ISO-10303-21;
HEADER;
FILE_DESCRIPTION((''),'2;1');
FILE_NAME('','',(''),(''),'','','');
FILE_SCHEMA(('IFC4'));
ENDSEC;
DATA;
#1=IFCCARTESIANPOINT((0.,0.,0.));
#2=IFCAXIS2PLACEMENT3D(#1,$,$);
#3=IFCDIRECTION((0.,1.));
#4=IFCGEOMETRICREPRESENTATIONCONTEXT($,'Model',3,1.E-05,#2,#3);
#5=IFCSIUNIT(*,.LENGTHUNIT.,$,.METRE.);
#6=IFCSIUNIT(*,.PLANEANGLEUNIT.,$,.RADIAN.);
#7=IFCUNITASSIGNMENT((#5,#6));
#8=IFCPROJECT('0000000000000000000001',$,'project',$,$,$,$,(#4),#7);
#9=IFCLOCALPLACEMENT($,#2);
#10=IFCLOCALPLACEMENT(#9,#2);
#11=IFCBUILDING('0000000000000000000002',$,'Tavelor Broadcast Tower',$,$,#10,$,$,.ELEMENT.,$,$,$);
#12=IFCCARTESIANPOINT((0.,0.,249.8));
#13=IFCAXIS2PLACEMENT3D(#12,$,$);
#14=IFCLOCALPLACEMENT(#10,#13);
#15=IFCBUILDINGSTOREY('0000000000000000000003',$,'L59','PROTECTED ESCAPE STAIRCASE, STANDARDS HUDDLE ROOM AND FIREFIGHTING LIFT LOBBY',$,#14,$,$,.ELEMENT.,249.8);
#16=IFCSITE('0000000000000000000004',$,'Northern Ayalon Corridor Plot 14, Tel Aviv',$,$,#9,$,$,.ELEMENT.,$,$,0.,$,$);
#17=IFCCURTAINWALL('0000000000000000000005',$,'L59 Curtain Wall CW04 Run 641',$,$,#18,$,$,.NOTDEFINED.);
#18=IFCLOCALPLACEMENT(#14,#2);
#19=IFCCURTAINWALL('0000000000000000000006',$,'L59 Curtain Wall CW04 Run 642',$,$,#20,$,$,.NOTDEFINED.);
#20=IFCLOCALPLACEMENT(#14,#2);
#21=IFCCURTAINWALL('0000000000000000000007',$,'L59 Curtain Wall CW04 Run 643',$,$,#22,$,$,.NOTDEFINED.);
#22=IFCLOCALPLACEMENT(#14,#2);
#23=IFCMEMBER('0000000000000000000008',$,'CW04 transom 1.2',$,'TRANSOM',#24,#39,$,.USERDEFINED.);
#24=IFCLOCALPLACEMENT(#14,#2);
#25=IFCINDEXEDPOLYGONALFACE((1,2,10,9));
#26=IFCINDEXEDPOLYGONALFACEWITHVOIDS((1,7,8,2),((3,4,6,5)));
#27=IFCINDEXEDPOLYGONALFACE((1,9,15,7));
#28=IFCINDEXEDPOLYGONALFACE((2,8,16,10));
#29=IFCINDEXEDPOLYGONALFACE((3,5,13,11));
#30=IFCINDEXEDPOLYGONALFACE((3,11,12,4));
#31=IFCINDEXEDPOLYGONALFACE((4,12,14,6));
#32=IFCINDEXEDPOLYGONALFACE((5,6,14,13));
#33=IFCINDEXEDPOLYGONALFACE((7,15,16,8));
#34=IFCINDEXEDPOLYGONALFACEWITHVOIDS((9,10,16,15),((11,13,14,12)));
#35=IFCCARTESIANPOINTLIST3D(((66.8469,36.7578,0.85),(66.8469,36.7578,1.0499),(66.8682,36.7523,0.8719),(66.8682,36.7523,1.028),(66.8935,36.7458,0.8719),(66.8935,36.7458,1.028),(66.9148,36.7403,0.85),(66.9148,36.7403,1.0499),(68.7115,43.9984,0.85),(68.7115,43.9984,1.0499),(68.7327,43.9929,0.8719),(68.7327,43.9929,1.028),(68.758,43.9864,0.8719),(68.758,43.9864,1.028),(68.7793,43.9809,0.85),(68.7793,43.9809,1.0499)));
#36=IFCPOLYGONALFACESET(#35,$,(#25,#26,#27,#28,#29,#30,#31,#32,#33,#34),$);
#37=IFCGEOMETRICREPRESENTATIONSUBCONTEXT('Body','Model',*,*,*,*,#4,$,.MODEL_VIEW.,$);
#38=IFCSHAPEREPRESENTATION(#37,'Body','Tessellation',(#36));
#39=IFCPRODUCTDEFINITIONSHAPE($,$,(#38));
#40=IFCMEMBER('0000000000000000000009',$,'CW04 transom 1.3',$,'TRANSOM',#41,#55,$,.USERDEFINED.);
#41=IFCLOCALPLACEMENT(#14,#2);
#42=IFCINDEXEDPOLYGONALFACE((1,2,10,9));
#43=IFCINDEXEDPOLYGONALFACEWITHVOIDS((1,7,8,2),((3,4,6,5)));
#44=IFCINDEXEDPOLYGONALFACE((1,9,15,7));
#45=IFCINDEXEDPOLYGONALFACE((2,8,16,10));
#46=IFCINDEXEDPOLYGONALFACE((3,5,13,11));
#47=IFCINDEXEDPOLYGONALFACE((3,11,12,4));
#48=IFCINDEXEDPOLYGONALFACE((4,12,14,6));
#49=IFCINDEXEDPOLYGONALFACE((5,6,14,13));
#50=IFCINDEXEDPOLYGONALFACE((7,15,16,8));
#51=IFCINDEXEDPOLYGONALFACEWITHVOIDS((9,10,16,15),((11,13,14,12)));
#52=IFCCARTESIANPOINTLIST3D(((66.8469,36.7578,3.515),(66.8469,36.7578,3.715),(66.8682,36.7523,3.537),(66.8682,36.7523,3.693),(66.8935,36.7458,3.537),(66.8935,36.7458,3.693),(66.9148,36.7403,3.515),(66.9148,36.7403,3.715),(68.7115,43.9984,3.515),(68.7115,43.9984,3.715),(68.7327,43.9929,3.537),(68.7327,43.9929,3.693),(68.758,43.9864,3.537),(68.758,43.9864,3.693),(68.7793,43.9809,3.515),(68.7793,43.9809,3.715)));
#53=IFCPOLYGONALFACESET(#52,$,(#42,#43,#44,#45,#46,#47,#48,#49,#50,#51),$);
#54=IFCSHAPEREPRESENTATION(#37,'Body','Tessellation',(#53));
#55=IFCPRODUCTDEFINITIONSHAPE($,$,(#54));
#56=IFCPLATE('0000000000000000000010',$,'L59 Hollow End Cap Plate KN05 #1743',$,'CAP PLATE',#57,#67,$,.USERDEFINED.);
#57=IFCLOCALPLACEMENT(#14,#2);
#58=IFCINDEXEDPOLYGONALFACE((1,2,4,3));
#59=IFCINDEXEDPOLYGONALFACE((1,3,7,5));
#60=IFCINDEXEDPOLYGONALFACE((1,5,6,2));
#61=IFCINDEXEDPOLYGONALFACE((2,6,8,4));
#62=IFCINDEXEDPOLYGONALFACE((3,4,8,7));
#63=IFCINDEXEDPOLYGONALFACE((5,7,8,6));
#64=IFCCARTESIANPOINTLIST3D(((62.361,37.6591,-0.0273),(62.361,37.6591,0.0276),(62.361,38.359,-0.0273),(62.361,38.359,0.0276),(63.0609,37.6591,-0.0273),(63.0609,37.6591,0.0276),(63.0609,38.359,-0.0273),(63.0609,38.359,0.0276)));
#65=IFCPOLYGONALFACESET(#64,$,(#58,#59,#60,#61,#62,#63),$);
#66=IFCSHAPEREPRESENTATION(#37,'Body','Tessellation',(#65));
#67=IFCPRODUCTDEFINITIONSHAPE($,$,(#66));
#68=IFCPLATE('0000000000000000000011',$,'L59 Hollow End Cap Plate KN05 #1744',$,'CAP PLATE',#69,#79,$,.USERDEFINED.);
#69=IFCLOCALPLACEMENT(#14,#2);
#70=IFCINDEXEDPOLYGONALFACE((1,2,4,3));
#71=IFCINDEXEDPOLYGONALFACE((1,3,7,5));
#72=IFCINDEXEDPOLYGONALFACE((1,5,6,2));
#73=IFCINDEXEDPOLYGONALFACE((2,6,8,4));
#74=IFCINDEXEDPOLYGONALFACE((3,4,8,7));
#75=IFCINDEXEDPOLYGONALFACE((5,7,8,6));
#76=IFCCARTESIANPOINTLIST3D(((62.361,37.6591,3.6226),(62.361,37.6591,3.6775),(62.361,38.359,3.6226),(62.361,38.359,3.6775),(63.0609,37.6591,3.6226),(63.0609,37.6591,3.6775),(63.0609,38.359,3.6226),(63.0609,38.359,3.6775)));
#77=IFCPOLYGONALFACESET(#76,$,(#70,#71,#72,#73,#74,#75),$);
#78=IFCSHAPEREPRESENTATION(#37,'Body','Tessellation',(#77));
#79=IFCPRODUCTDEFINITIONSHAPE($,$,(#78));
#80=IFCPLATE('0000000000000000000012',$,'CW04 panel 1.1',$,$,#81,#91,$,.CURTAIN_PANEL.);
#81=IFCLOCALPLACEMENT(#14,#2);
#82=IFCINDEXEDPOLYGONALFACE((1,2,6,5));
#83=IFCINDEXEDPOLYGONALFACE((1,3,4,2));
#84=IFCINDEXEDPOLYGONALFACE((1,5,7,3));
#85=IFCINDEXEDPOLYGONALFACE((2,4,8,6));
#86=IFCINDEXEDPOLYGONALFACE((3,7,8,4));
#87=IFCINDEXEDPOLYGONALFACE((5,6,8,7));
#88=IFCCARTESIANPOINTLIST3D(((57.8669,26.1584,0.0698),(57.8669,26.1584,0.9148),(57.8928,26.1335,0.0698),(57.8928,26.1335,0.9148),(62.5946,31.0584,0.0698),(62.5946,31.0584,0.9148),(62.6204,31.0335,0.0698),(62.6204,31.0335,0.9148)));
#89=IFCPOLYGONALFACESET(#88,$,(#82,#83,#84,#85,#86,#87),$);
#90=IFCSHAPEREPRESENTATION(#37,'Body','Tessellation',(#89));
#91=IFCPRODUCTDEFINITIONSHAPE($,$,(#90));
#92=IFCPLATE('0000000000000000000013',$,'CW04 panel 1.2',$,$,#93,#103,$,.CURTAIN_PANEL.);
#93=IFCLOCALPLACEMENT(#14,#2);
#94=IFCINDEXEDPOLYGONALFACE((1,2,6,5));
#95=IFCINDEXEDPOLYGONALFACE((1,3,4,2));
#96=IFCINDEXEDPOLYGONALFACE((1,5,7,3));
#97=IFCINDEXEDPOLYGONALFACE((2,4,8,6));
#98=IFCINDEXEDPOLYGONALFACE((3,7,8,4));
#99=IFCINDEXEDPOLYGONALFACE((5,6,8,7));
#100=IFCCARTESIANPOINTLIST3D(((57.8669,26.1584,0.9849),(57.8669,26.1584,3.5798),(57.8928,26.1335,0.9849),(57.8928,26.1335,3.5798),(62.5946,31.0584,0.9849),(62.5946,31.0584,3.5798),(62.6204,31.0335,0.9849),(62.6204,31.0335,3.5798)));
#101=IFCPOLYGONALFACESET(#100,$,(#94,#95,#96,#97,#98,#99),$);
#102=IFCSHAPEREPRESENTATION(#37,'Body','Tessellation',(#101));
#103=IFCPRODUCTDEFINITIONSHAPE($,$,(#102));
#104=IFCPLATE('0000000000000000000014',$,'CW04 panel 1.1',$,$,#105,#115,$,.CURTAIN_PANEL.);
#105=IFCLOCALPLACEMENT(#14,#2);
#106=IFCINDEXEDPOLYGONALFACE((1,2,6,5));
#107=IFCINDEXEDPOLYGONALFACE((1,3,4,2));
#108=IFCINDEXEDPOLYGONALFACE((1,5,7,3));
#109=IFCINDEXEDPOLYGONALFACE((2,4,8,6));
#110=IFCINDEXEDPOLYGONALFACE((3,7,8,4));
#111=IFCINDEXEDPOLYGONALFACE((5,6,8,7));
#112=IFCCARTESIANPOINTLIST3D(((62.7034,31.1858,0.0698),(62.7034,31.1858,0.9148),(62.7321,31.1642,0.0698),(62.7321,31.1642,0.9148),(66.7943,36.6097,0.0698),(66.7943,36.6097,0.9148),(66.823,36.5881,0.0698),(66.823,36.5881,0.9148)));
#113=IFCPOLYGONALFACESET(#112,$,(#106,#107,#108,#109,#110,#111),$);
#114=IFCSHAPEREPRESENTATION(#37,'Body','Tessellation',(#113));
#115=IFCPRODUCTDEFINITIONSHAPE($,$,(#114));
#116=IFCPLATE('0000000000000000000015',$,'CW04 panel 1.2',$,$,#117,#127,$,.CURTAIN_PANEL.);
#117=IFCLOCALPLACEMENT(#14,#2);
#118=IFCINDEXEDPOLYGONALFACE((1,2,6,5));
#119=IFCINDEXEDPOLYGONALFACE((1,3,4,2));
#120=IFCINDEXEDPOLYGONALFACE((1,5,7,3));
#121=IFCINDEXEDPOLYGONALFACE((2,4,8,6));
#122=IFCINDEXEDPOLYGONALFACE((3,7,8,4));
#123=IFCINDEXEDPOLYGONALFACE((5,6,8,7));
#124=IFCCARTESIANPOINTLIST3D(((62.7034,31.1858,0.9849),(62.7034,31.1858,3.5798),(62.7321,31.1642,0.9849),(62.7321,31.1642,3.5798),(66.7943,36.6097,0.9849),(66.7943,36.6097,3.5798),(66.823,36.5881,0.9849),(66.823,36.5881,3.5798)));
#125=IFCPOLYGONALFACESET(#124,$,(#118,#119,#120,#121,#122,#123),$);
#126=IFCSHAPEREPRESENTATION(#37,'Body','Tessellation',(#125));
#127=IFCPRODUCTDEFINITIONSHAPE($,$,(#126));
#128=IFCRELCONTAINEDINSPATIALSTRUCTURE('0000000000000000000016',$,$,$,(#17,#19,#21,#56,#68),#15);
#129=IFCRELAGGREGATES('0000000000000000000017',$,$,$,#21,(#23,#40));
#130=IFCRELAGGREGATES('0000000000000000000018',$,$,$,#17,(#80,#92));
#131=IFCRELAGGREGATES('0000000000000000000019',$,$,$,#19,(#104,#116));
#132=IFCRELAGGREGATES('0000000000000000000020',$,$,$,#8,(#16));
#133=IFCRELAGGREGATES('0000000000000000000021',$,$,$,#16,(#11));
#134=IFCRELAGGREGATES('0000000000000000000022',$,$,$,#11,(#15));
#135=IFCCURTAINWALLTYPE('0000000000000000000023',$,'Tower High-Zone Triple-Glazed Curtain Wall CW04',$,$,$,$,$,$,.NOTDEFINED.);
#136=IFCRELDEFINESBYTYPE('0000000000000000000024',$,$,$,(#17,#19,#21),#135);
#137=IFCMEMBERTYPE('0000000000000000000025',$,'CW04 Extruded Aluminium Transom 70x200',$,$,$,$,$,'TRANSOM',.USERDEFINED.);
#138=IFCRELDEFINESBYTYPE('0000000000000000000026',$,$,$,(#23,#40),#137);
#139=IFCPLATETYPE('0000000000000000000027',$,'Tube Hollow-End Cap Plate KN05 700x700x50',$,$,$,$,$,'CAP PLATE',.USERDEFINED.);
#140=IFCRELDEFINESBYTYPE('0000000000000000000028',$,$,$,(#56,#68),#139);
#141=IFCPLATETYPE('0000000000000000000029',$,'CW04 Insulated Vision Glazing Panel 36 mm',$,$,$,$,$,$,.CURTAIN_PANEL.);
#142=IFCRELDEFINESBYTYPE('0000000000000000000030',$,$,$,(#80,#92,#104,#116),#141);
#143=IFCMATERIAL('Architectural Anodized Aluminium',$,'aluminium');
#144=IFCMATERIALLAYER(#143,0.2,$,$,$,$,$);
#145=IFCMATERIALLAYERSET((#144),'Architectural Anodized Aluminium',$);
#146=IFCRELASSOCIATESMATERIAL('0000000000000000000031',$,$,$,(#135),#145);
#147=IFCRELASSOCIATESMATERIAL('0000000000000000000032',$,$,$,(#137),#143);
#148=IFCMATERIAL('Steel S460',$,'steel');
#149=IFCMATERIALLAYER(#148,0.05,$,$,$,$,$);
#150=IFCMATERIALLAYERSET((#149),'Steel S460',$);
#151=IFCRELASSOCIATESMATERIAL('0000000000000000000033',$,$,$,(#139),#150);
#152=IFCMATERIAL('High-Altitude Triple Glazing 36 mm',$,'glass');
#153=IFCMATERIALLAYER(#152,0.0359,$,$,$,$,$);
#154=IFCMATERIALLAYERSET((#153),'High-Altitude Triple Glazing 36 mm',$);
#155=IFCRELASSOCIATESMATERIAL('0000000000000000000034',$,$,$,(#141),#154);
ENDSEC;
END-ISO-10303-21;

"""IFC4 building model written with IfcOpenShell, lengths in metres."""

from ifc_helpers import new_model, si_unit, direction, frame, origin, origin_2d, place, context, subcontext, project, spatial, rectangle, hollow_rectangle, extrude, source, transform, mapped, material, layer, layer_set, material_profile, profile_set, type_object, type_shapes, element, aggregate, save


model = new_model("IFC4")

# Units and contexts
model_context = context("Model", 3, precision=1e-05, world=origin(), true_north=direction((0.0, 1.0)))
body_context = subcontext(model_context, "Body", "Model", "MODEL_VIEW")
ifc_project = project(units=[si_unit("LENGTHUNIT", "METRE"), si_unit("PLANEANGLEUNIT", "RADIAN")], contexts=[model_context])

# Site, building, storey
site_placement = place(None, origin())
site = spatial("IfcSite", under=ifc_project, at=site_placement, Name="Northern Ayalon Corridor Plot 14, Tel Aviv", CompositionType="ELEMENT", RefElevation=0.0)
building_placement = place(site_placement, origin())
building = spatial("IfcBuilding", under=site, at=building_placement, Name="Tavelor Broadcast Tower", CompositionType="ELEMENT")
storey_placement = place(building_placement, frame((0.0, 0.0, 249.8)))
storey = spatial("IfcBuildingStorey", under=building, at=storey_placement, Name="L59", Description="PROTECTED ESCAPE STAIRCASE, STANDARDS HUDDLE ROOM AND FIREFIGHTING LIFT LOBBY", CompositionType="ELEMENT", Elevation=249.8)

# Shared definitions
ifc_material_1 = material(Name="Steel S460", Category="steel")

# Curtain wall
ifc_material_2 = material(Name="Architectural Anodized Aluminium", Category="aluminium")
ifc_layer_1 = layer(ifc_material_2, 0.2)
ifc_layer_set_1 = layer_set([ifc_layer_1], Name="Architectural Anodized Aluminium")
curtain_wall_type = type_object("IfcCurtainWallType", Name="Tower High-Zone Triple-Glazed Curtain Wall CW04", PredefinedType="NOTDEFINED", material=ifc_layer_set_1)
curtain_wall_1_placement = place(storey_placement, origin())
curtain_wall_1 = element("IfcCurtainWall", 1, at=curtain_wall_1_placement, inside=storey, type_object=curtain_wall_type, Name="L59 Curtain Wall CW04 Run 641", PredefinedType="NOTDEFINED")

# Curtain wall
curtain_wall_2_placement = place(storey_placement, origin())
curtain_wall_2 = element("IfcCurtainWall", 2, at=curtain_wall_2_placement, inside=storey, type_object=curtain_wall_type, Name="L59 Curtain Wall CW04 Run 642", PredefinedType="NOTDEFINED")

# Curtain wall
curtain_wall_3_placement = place(storey_placement, origin())
curtain_wall_3 = element("IfcCurtainWall", 3, at=curtain_wall_3_placement, inside=storey, type_object=curtain_wall_type, Name="L59 Curtain Wall CW04 Run 643", PredefinedType="NOTDEFINED")

# Members
ifc_material_profile_1 = material_profile(ifc_material_2, hollow_rectangle(XDim=0.0701, YDim=0.2, WallThickness=0.022, at=origin_2d()), Name="RHS 70x200x22")
ifc_profile_set_1 = profile_set([ifc_material_profile_1], Name="Architectural Anodized Aluminium")
member_type_1 = type_object("IfcMemberType", Name="CW04 Extruded Aluminium Transom 70x200", ElementType="TRANSOM", PredefinedType="USERDEFINED", material=ifc_profile_set_1)
shared_shape_1 = source(origin(), body_context, "Body", "SweptSolid", [
    extrude(hollow_rectangle(XDim=0.0701, YDim=0.2, WallThickness=0.022, at=origin_2d()), origin(), (0.0, 0.0, 1.0), 7.4768),
])
member_1_placement = place(storey_placement, frame((66.8809, 36.749, 0.95), z_axis=(0.249375, 0.968407, 0.0), x_axis=(-0.968407, 0.249375, 0.0)))
member_1 = element("IfcMember", 4, at=member_1_placement, type_object=member_type_1, Name="CW04 transom 1.2", ObjectType="TRANSOM", PredefinedType="USERDEFINED", context=body_context, shape_type="MappedRepresentation", body=[
    mapped(shared_shape_1, transform((0.0, 0.0, 0.0), scale=1.0)),
])
member_2_placement = place(storey_placement, frame((66.8809, 36.749, 3.615), z_axis=(0.249375, 0.968407, 0.0), x_axis=(-0.968407, 0.249375, 0.0)))
member_2 = element("IfcMember", 5, at=member_2_placement, type_object=member_type_1, Name="CW04 transom 1.3", ObjectType="TRANSOM", PredefinedType="USERDEFINED", context=body_context, shape_type="MappedRepresentation", body=[
    mapped(shared_shape_1, transform((0.0, 0.0, 0.0), scale=1.0)),
])
aggregate(curtain_wall_3, [member_1, member_2])

# Plates
ifc_layer_2 = layer(ifc_material_1, 0.05)
ifc_layer_set_2 = layer_set([ifc_layer_2], Name="Steel S460")
plate_type_1 = type_object("IfcPlateType", Name="Tube Hollow-End Cap Plate KN05 700x700x50", ElementType="CAP PLATE", PredefinedType="USERDEFINED", material=ifc_layer_set_2)
shared_shape_2 = source(origin(), body_context, "Body", "SweptSolid", [
    extrude(rectangle(XDim=0.7, YDim=0.7, at=origin_2d()), origin(), (0.0, 0.0, 1.0), 0.0549),
])
type_shapes(plate_type_1, [shared_shape_2])
for number, where, z_axis, x_axis, name in (
    (6, (62.7109, 38.009, -0.0273), (0.0, 0.0, 1.0), (1.0, 0.0, 0.0), "L59 Hollow End Cap Plate KN05 #1743"),
    (7, (62.7109, 38.009, 3.6226), (0.0, 0.0, 1.0), (1.0, 0.0, 0.0), "L59 Hollow End Cap Plate KN05 #1744"),
):
    element("IfcPlate", number, at=place(storey_placement, frame(where, z_axis=z_axis, x_axis=x_axis)), inside=storey, type_object=plate_type_1, Name=name, ObjectType="CAP PLATE", PredefinedType="USERDEFINED", context=body_context, shape_type="MappedRepresentation", body=[
        mapped(shared_shape_2, transform((0.0, 0.0, 0.0), scale=1.0)),
    ])

# Plates
ifc_material_3 = material(Name="High-Altitude Triple Glazing 36 mm", Category="glass")
ifc_layer_3 = layer(ifc_material_3, 0.0359)
ifc_layer_set_3 = layer_set([ifc_layer_3], Name="High-Altitude Triple Glazing 36 mm")
plate_type_2 = type_object("IfcPlateType", Name="CW04 Insulated Vision Glazing Panel 36 mm", PredefinedType="CURTAIN_PANEL", material=ifc_layer_set_3)
shared_shape_3 = source(origin(), body_context, "Body", "SweptSolid", [
    extrude(rectangle(XDim=6.8088, YDim=0.0359, at=origin_2d()), origin(), (0.0, 0.0, 1.0), 0.845),
])
plate_1_placement = place(storey_placement, frame((60.2437, 28.5959, 0.0698), z_axis=(0.0, 0.0, 1.0), x_axis=(0.694337, 0.71965, 0.0)))
plate_1 = element("IfcPlate", 8, at=plate_1_placement, type_object=plate_type_2, Name="CW04 panel 1.1", PredefinedType="CURTAIN_PANEL", context=body_context, shape_type="MappedRepresentation", body=[
    mapped(shared_shape_3, transform((0.0, 0.0, 0.0), scale=1.0)),
])
shared_shape_4 = source(origin(), body_context, "Body", "SweptSolid", [
    extrude(rectangle(XDim=6.8088, YDim=0.0359, at=origin_2d()), origin(), (0.0, 0.0, 1.0), 2.595),
])
plate_2_placement = place(storey_placement, frame((60.2437, 28.5959, 0.9849), z_axis=(0.0, 0.0, 1.0), x_axis=(0.694337, 0.71965, 0.0)))
plate_2 = element("IfcPlate", 9, at=plate_2_placement, type_object=plate_type_2, Name="CW04 panel 1.2", PredefinedType="CURTAIN_PANEL", context=body_context, shape_type="MappedRepresentation", body=[
    mapped(shared_shape_4, transform((0.0, 0.0, 0.0), scale=1.0)),
])
aggregate(curtain_wall_1, [plate_1, plate_2])
shared_shape_5 = source(origin(), body_context, "Body", "SweptSolid", [
    extrude(rectangle(XDim=6.7937, YDim=0.0359, at=origin_2d()), origin(), (0.0, 0.0, 1.0), 0.845),
])
plate_3_placement = place(storey_placement, frame((64.7632, 33.887, 0.0698), z_axis=(0.0, 0.0, 1.0), x_axis=(0.60216, 0.798375, 0.0)))
plate_3 = element("IfcPlate", 10, at=plate_3_placement, type_object=plate_type_2, Name="CW04 panel 1.1", PredefinedType="CURTAIN_PANEL", context=body_context, shape_type="MappedRepresentation", body=[
    mapped(shared_shape_5, transform((0.0, 0.0, 0.0), scale=1.0)),
])
shared_shape_6 = source(origin(), body_context, "Body", "SweptSolid", [
    extrude(rectangle(XDim=6.7937, YDim=0.0359, at=origin_2d()), origin(), (0.0, 0.0, 1.0), 2.595),
])
type_shapes(plate_type_2, [shared_shape_3, shared_shape_4, shared_shape_5, shared_shape_6])
plate_4_placement = place(storey_placement, frame((64.7632, 33.887, 0.9849), z_axis=(0.0, 0.0, 1.0), x_axis=(0.60216, 0.798375, 0.0)))
plate_4 = element("IfcPlate", 11, at=plate_4_placement, type_object=plate_type_2, Name="CW04 panel 1.2", PredefinedType="CURTAIN_PANEL", context=body_context, shape_type="MappedRepresentation", body=[
    mapped(shared_shape_6, transform((0.0, 0.0, 0.0), scale=1.0)),
])
aggregate(curtain_wall_2, [plate_3, plate_4])

save(model, "model.ifc")
